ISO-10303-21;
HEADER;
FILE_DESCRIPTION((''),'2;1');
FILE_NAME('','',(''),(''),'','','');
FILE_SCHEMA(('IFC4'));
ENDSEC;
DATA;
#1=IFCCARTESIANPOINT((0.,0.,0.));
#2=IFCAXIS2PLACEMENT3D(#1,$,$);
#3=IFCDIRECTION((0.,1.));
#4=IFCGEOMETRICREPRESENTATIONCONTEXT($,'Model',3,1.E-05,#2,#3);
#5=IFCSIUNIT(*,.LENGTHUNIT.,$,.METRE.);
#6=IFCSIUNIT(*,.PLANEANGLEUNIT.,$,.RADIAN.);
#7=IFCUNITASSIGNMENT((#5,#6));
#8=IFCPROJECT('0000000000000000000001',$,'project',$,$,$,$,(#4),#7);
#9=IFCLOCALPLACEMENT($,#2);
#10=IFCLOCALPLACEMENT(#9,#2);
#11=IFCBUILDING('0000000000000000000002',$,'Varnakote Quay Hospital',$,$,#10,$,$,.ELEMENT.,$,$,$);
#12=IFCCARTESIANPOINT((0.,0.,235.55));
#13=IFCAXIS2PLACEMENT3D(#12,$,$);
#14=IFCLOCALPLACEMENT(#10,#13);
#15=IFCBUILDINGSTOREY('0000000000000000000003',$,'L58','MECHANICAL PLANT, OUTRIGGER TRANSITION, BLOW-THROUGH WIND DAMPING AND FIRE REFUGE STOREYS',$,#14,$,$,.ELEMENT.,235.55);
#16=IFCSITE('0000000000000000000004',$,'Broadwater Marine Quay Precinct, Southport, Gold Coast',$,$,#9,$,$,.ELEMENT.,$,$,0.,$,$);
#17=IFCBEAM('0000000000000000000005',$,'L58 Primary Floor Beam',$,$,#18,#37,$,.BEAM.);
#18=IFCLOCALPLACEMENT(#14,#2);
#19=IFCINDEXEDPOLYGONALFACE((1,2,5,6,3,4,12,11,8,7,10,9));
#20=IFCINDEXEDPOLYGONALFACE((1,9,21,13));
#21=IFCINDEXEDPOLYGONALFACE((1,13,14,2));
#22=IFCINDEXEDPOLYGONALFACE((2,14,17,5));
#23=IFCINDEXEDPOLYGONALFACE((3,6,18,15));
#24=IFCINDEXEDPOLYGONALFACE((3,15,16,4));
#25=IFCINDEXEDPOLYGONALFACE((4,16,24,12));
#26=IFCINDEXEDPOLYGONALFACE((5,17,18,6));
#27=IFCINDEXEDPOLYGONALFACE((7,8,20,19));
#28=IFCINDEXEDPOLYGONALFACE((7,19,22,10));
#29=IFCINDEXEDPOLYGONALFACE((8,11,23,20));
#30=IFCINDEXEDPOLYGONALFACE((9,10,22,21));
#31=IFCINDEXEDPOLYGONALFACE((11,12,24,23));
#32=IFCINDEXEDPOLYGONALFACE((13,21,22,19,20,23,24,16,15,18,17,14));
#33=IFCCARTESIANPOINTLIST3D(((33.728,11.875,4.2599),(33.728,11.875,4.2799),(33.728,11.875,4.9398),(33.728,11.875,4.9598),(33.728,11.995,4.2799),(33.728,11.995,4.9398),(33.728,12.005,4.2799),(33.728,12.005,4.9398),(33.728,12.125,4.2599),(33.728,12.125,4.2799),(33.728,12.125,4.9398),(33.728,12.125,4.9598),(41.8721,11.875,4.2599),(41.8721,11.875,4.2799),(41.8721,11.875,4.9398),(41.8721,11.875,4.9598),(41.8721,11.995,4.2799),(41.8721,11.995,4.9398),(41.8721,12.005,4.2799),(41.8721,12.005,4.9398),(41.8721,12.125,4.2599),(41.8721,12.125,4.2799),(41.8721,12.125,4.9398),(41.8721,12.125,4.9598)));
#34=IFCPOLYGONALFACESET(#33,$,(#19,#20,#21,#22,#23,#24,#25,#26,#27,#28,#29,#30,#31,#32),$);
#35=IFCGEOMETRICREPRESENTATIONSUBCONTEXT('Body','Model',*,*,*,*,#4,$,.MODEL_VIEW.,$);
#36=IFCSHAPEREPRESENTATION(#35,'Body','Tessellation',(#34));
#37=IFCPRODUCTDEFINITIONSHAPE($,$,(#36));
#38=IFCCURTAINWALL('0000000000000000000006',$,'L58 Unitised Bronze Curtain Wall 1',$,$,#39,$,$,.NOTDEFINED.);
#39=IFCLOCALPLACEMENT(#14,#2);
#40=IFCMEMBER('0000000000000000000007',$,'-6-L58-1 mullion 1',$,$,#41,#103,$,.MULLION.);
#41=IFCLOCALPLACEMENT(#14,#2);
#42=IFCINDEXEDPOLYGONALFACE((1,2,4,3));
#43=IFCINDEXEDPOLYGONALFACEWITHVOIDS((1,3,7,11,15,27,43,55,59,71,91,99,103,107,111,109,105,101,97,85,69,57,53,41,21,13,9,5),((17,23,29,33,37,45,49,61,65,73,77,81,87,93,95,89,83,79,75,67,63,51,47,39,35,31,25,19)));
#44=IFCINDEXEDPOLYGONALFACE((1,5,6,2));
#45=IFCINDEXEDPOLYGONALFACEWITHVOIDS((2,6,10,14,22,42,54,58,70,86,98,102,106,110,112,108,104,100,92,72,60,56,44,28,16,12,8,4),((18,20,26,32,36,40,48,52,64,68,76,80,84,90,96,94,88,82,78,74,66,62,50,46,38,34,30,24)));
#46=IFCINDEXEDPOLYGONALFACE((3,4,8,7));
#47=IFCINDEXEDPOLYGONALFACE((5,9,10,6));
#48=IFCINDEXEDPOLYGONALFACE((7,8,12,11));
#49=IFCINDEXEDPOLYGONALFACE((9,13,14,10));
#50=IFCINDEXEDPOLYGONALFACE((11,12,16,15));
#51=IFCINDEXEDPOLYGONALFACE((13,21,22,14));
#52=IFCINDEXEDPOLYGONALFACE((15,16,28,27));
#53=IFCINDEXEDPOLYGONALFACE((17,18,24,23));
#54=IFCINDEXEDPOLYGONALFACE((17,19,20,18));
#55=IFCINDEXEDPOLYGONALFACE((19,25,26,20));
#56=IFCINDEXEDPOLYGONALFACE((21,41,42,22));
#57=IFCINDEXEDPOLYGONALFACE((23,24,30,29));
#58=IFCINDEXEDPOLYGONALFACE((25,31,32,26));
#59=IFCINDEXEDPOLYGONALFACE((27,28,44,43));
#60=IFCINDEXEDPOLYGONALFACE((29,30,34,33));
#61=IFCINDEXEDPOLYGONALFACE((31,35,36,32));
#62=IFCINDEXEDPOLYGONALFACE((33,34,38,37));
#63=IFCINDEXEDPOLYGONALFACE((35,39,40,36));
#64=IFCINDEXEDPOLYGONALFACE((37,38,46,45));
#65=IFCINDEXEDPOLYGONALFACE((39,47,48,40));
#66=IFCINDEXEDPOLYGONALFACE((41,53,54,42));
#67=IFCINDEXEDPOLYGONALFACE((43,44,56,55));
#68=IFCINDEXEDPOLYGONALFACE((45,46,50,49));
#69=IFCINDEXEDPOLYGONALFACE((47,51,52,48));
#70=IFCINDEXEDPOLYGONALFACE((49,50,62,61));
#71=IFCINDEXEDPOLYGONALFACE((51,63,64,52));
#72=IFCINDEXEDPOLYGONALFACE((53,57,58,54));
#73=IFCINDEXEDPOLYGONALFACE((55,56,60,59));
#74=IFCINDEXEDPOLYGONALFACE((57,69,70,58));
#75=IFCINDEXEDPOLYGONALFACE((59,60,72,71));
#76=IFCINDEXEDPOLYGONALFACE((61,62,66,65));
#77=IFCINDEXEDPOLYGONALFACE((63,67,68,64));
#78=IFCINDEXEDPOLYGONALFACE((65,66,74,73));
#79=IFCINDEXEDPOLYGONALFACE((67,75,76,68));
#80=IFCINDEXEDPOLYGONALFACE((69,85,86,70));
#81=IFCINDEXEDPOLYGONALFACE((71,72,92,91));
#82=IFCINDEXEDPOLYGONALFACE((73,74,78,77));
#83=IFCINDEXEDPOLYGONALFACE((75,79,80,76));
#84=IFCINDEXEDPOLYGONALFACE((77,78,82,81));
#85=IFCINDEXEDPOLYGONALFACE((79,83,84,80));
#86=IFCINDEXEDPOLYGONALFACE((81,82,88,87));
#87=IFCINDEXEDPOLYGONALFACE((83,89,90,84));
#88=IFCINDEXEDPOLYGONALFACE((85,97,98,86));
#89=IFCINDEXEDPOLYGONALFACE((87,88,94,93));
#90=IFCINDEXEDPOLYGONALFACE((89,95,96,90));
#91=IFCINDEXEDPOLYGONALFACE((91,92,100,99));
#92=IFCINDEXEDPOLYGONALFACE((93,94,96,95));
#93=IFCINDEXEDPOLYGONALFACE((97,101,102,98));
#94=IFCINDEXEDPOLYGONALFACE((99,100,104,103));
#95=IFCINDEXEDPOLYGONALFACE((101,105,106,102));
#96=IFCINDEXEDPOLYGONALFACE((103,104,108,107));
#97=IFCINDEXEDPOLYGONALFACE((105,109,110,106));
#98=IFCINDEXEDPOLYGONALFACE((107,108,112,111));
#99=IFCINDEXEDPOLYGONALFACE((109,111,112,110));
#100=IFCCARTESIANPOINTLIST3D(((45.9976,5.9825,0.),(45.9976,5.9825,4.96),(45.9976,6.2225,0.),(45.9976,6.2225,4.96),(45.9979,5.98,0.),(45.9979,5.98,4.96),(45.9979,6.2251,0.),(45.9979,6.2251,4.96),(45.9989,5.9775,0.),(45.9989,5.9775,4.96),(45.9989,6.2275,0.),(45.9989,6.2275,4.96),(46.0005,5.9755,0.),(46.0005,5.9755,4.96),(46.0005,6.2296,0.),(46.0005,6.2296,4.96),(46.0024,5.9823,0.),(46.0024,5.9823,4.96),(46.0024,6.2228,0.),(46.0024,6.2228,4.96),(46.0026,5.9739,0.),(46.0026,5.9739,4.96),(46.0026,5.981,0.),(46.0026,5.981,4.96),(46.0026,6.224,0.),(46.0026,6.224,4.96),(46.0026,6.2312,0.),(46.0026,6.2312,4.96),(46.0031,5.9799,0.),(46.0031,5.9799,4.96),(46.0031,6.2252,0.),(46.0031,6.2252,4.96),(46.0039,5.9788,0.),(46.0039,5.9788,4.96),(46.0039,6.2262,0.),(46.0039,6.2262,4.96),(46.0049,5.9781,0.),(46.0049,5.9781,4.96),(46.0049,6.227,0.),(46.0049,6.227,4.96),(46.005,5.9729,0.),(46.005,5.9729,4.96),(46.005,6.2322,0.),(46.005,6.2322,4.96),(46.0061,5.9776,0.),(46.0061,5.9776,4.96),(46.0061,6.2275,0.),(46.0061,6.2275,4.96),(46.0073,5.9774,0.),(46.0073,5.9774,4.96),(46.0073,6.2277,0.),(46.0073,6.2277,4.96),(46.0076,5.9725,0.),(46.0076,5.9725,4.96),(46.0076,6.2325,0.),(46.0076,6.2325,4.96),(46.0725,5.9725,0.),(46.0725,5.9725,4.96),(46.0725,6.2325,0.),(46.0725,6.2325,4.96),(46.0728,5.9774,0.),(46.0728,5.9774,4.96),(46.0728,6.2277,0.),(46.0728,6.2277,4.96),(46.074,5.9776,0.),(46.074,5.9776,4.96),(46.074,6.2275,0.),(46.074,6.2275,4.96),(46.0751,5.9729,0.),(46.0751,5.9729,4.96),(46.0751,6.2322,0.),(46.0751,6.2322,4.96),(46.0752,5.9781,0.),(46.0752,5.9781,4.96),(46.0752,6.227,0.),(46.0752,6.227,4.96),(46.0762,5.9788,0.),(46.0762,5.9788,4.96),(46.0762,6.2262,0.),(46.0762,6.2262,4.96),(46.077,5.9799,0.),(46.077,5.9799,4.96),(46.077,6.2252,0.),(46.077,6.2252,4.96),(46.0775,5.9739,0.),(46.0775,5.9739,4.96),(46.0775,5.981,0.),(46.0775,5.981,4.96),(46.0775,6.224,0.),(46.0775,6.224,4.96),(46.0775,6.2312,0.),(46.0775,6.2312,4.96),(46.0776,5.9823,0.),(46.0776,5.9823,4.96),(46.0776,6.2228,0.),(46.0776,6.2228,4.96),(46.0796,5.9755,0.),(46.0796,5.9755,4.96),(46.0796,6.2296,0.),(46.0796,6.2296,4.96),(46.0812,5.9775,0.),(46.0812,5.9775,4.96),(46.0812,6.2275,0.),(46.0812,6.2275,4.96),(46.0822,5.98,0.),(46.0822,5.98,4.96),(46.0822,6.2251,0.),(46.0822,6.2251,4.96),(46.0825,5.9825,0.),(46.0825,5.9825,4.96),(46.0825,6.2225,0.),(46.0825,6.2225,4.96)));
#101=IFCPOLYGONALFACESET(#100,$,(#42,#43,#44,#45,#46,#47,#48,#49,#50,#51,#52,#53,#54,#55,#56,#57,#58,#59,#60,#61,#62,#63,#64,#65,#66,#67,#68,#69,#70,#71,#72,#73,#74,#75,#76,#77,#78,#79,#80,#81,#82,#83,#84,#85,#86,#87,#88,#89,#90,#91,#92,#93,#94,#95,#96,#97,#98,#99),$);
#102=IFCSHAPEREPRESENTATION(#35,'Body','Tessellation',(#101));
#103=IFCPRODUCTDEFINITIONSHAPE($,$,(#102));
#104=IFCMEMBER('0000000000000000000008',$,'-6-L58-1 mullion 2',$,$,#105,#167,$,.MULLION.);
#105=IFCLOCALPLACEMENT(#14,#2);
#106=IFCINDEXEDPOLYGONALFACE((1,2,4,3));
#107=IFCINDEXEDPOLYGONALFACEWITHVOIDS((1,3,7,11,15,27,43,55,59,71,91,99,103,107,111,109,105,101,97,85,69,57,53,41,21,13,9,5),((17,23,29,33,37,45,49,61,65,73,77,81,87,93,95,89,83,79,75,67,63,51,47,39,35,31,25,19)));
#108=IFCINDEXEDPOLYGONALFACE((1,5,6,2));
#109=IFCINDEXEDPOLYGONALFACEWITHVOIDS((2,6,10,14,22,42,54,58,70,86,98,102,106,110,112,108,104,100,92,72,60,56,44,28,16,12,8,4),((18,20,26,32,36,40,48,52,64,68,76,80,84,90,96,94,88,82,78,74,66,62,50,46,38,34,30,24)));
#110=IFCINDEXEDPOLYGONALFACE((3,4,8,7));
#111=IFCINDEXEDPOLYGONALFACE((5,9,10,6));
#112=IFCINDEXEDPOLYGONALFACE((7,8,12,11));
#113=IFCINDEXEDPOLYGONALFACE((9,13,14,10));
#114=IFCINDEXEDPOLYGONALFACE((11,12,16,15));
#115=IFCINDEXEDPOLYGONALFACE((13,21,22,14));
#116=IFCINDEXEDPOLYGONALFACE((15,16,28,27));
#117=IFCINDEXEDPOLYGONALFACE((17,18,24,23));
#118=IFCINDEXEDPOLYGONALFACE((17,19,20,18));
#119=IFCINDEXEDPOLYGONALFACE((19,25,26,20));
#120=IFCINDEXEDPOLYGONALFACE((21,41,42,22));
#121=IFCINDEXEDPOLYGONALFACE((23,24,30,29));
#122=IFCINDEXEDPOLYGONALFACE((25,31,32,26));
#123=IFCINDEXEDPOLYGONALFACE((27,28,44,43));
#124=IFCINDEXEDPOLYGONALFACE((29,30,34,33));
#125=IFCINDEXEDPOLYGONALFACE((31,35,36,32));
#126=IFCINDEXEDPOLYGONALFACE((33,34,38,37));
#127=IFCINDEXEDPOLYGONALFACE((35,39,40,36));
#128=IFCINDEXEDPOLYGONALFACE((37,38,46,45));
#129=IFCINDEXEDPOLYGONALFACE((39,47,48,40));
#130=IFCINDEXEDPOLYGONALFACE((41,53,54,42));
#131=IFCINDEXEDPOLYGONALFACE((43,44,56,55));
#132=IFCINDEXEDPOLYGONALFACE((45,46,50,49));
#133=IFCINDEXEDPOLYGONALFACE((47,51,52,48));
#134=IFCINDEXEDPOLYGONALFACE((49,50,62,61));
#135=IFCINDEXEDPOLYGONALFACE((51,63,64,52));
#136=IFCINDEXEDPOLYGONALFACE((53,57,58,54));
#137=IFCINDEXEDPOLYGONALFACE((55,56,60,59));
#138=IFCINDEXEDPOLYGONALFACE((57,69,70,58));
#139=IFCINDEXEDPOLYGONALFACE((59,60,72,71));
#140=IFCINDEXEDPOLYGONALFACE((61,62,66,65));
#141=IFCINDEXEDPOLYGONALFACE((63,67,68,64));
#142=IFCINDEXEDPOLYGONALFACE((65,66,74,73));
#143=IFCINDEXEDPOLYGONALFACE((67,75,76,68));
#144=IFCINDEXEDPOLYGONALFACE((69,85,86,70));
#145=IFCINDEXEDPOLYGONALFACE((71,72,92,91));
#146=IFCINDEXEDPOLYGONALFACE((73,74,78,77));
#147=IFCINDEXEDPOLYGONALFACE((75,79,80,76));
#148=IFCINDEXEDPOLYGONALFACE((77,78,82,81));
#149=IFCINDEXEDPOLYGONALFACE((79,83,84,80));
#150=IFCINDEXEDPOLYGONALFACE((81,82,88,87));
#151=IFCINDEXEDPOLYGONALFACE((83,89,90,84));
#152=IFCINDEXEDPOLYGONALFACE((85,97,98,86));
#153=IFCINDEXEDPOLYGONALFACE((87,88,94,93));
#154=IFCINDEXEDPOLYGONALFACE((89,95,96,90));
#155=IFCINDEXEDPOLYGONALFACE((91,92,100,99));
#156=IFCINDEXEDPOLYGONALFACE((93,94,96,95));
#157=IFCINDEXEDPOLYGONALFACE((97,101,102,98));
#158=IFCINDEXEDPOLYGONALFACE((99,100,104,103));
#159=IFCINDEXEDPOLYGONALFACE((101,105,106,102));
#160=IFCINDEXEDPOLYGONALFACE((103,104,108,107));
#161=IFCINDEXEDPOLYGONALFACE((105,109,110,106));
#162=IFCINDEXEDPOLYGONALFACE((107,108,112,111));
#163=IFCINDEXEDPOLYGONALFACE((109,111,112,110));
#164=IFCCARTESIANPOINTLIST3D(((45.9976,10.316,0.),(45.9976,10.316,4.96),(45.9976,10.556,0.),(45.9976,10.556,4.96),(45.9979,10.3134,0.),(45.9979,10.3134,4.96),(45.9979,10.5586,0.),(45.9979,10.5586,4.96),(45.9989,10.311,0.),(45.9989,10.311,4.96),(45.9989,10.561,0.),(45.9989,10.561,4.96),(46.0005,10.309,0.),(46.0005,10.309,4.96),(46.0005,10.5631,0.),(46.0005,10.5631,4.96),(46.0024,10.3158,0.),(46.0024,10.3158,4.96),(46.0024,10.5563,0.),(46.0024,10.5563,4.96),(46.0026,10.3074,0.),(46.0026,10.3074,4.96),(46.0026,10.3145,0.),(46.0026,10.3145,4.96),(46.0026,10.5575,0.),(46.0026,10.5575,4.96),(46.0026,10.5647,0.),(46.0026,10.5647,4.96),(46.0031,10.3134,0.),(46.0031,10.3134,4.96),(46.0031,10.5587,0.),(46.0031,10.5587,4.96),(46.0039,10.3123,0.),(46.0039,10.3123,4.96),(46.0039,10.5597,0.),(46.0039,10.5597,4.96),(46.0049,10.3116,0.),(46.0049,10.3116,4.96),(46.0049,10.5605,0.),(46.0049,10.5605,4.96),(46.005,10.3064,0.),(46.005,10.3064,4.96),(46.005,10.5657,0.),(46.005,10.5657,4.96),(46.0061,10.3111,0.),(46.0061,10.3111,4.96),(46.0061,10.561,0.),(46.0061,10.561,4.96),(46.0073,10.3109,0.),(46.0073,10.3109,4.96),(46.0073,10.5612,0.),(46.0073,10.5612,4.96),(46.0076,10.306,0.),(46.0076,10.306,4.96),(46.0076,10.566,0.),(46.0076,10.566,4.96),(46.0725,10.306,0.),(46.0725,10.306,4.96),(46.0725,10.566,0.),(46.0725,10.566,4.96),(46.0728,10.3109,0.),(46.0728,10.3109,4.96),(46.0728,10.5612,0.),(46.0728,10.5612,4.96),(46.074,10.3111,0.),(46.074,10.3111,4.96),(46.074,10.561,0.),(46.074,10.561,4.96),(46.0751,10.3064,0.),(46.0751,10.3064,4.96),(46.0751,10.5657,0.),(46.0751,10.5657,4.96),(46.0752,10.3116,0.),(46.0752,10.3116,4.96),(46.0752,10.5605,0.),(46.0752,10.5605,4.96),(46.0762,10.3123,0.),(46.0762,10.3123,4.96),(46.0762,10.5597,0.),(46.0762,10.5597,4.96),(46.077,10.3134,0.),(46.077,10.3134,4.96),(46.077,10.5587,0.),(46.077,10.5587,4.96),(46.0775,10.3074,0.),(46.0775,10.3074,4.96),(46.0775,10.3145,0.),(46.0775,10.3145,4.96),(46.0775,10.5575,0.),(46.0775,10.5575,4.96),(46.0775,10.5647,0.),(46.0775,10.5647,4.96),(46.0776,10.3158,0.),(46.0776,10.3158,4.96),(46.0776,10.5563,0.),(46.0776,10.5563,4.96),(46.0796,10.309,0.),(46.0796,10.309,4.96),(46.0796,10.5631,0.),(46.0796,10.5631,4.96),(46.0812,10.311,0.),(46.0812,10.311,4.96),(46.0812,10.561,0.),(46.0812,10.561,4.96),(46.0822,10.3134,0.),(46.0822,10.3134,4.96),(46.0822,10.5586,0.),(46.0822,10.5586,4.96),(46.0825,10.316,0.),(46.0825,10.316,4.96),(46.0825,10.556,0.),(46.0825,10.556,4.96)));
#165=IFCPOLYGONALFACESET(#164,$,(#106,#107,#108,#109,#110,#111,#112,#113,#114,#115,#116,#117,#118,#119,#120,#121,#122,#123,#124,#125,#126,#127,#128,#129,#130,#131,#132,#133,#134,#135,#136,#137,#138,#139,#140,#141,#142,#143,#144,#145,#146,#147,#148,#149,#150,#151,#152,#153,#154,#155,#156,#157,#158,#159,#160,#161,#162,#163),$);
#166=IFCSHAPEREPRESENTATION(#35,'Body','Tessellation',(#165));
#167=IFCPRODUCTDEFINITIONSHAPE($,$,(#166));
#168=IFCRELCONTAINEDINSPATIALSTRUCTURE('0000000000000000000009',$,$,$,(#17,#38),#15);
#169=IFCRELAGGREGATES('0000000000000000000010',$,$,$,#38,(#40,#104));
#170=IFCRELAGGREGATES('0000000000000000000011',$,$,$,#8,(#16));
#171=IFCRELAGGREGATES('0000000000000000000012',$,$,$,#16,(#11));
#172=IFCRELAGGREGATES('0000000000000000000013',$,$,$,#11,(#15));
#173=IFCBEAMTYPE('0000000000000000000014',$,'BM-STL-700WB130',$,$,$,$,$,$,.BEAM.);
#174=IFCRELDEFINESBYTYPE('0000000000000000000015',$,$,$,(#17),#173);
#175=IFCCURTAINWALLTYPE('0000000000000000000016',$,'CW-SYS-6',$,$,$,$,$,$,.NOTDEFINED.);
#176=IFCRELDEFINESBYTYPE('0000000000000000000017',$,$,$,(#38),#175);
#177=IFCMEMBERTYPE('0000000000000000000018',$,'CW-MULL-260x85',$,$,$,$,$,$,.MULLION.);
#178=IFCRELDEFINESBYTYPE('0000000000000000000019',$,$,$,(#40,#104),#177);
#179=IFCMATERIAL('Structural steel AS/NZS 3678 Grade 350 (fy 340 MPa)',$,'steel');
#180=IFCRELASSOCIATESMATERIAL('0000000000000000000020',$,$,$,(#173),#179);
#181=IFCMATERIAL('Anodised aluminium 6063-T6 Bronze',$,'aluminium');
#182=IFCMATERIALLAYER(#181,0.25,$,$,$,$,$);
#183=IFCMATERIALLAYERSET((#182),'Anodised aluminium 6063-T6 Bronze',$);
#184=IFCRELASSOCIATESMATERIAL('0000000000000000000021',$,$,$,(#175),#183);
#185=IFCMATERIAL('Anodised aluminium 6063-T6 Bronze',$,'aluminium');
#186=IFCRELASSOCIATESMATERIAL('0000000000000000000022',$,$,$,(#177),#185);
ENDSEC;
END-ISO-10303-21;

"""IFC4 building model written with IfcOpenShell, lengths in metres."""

from ifc_helpers import new_model, si_unit, direction, frame, origin, origin_2d, place, context, subcontext, project, spatial, hollow_rectangle, i_section, extrude, material, layer, layer_set, material_profile, profile_set, type_object, element, aggregate, save


model = new_model("IFC4")

# Units and contexts
model_context = context("Model", 3, precision=1e-05, world=origin(), true_north=direction((0.0, 1.0)))
body_context = subcontext(model_context, "Body", "Model", "MODEL_VIEW")
ifc_project = project(units=[si_unit("LENGTHUNIT", "METRE"), si_unit("PLANEANGLEUNIT", "RADIAN")], contexts=[model_context])

# Site, building, storey
site_placement = place(None, origin())
site = spatial("IfcSite", under=ifc_project, at=site_placement, Name="Broadwater Marine Quay Precinct, Southport, Gold Coast", CompositionType="ELEMENT", RefElevation=0.0)
building_placement = place(site_placement, origin())
building = spatial("IfcBuilding", under=site, at=building_placement, Name="Varnakote Quay Hospital", CompositionType="ELEMENT")
storey_placement = place(building_placement, frame((0.0, 0.0, 235.55)))
storey = spatial("IfcBuildingStorey", under=building, at=storey_placement, Name="L58", Description="MECHANICAL PLANT, OUTRIGGER TRANSITION, BLOW-THROUGH WIND DAMPING AND FIRE REFUGE STOREYS", CompositionType="ELEMENT", Elevation=235.55)

# Beam
ifc_material_1 = material(Name="Structural steel AS/NZS 3678 Grade 350 (fy 340 MPa)", Category="steel")
ifc_material_profile_1 = material_profile(ifc_material_1, i_section(OverallWidth=0.25, OverallDepth=0.7, WebThickness=0.01, FlangeThickness=0.02, at=origin_2d()), Name="700WB130")
ifc_profile_set_1 = profile_set([ifc_material_profile_1], Name="Structural steel AS/NZS 3678 Grade 350 (fy 340 MPa)")
beam_type_1 = type_object("IfcBeamType", Name="BM-STL-700WB130", PredefinedType="BEAM", material=ifc_profile_set_1)
beam_1_placement = place(storey_placement, frame((33.728, 12.0, 4.6099), z_axis=(1.0, 0.0, 0.0), x_axis=(0.0, 1.0, 0.0)))
element("IfcBeam", 1, at=beam_1_placement, inside=storey, type_object=beam_type_1, Name="L58 Primary Floor Beam", PredefinedType="BEAM", context=body_context, shape_type="SweptSolid", body=[
    extrude(i_section(OverallWidth=0.25, OverallDepth=0.7, WebThickness=0.01, FlangeThickness=0.02, at=origin_2d()), origin(), (0.0, 0.0, 1.0), 8.144),
])

# Curtain wall, members
ifc_material_2 = material(Name="Anodised aluminium 6063-T6 Bronze", Category="aluminium")
ifc_layer_1 = layer(ifc_material_2, 0.25)
ifc_layer_set_1 = layer_set([ifc_layer_1], Name="Anodised aluminium 6063-T6 Bronze")
curtain_wall_type = type_object("IfcCurtainWallType", Name="CW-SYS-6", PredefinedType="NOTDEFINED", material=ifc_layer_set_1)
curtain_wall_placement = place(storey_placement, origin())
curtain_wall = element("IfcCurtainWall", 2, at=curtain_wall_placement, inside=storey, type_object=curtain_wall_type, Name="L58 Unitised Bronze Curtain Wall 1", PredefinedType="NOTDEFINED")
ifc_material_3 = material(Name="Anodised aluminium 6063-T6 Bronze", Category="aluminium")
ifc_material_profile_2 = material_profile(ifc_material_3, hollow_rectangle(XDim=0.085, YDim=0.26, WallThickness=0.0049, InnerFilletRadius=0.0049, OuterFilletRadius=0.01, at=origin_2d()), Name="CW-MULL-260x85")
ifc_profile_set_2 = profile_set([ifc_material_profile_2], Name="Anodised aluminium 6063-T6 Bronze")
member_type_1 = type_object("IfcMemberType", Name="CW-MULL-260x85", PredefinedType="MULLION", material=ifc_profile_set_2)
member_1_placement = place(storey_placement, frame((46.04, 6.1025, 0.0), z_axis=(0.0, 0.0, 1.0), x_axis=(-1.0, 0.0, 0.0)))
member_1 = element("IfcMember", 3, at=member_1_placement, type_object=member_type_1, Name="-6-L58-1 mullion 1", PredefinedType="MULLION", context=body_context, shape_type="SweptSolid", body=[
    extrude(hollow_rectangle(XDim=0.085, YDim=0.26, WallThickness=0.0049, InnerFilletRadius=0.0049, OuterFilletRadius=0.01, at=origin_2d()), origin(), (0.0, 0.0, 1.0), 4.96),
])
member_2_placement = place(storey_placement, frame((46.04, 10.436, 0.0), z_axis=(0.0, 0.0, 1.0), x_axis=(-1.0, 0.0, 0.0)))
member_2 = element("IfcMember", 4, at=member_2_placement, type_object=member_type_1, Name="-6-L58-1 mullion 2", PredefinedType="MULLION", context=body_context, shape_type="SweptSolid", body=[
    extrude(hollow_rectangle(XDim=0.085, YDim=0.26, WallThickness=0.0049, InnerFilletRadius=0.0049, OuterFilletRadius=0.01, at=origin_2d()), origin(), (0.0, 0.0, 1.0), 4.96),
])
aggregate(curtain_wall, [member_1, member_2])

save(model, "model.ifc")
